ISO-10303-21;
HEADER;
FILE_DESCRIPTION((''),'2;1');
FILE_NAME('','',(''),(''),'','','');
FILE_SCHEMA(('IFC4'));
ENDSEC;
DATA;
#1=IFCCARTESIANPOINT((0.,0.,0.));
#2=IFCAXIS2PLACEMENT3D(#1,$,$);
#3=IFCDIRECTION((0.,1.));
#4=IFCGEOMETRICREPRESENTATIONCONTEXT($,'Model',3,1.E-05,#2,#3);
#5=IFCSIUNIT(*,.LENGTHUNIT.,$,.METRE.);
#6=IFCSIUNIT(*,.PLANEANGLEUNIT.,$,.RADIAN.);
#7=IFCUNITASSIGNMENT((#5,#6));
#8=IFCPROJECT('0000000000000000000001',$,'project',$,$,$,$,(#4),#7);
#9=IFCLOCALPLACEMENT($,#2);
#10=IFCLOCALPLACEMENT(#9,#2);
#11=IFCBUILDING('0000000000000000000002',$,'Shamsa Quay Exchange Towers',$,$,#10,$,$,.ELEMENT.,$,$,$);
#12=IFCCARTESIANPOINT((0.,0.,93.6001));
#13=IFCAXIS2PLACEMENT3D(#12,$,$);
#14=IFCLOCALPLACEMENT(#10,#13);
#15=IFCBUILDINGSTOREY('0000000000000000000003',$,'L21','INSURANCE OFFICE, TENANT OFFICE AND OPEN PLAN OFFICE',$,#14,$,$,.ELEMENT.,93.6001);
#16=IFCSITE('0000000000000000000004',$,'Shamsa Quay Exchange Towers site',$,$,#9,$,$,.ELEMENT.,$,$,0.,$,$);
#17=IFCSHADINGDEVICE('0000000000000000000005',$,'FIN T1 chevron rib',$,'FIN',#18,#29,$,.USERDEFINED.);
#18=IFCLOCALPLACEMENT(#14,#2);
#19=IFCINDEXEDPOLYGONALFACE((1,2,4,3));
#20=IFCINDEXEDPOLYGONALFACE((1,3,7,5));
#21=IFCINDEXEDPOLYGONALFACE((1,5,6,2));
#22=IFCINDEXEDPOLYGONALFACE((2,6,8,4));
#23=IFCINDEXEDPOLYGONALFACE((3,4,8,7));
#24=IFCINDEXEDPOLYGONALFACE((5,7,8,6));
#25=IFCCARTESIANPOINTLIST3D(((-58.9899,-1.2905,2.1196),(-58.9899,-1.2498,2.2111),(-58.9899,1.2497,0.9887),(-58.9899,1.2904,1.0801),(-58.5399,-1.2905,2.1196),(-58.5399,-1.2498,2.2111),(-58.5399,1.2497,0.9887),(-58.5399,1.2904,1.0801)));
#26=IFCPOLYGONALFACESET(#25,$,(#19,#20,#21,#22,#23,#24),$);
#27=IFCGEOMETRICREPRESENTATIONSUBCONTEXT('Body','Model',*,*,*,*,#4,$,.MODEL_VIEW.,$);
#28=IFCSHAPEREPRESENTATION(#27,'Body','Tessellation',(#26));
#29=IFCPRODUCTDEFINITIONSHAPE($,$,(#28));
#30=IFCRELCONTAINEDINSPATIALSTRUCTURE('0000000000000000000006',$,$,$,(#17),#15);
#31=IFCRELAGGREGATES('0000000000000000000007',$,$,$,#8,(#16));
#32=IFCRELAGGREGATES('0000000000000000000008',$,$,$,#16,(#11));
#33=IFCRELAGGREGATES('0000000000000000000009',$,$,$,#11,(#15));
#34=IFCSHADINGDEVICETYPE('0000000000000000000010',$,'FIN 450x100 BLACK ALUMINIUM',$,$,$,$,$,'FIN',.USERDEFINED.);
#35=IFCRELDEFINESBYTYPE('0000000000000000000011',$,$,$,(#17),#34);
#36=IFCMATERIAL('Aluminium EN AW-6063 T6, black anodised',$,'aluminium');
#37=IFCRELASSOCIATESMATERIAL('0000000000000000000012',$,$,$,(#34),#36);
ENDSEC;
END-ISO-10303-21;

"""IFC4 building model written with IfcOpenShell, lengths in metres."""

from ifc_helpers import new_model, si_unit, direction, frame, origin, origin_2d, place, context, subcontext, project, spatial, rectangle, extrude, material, material_profile, profile_set, type_object, element, save


model = new_model("IFC4")

# Units and contexts
model_context = context("Model", 3, precision=1e-05, world=origin(), true_north=direction((0.0, 1.0)))
body_context = subcontext(model_context, "Body", "Model", "MODEL_VIEW")
ifc_project = project(units=[si_unit("LENGTHUNIT", "METRE"), si_unit("PLANEANGLEUNIT", "RADIAN")], contexts=[model_context])

# Site, building, storey
site_placement = place(None, origin())
site = spatial("IfcSite", under=ifc_project, at=site_placement, Name="Shamsa Quay Exchange Towers site", CompositionType="ELEMENT", RefElevation=0.0)
building_placement = place(site_placement, origin())
building = spatial("IfcBuilding", under=site, at=building_placement, Name="Shamsa Quay Exchange Towers", CompositionType="ELEMENT")
storey_placement = place(building_placement, frame((0.0, 0.0, 93.6001)))
storey = spatial("IfcBuildingStorey", under=building, at=storey_placement, Name="L21", Description="INSURANCE OFFICE, TENANT OFFICE AND OPEN PLAN OFFICE", CompositionType="ELEMENT", Elevation=93.6001)

# Shared definitions
ifc_material_1 = material(Name="Aluminium EN AW-6063 T6, black anodised", Category="aluminium")

# Shading device
ifc_material_profile_1 = material_profile(ifc_material_1, rectangle(XDim=0.45, YDim=0.1001, at=origin_2d()), Name="FIN450x100")
ifc_profile_set_1 = profile_set([ifc_material_profile_1], Name="Aluminium EN AW-6063 T6, black anodised")
shading_device_type = type_object("IfcShadingDeviceType", Name="FIN 450x100 BLACK ALUMINIUM", ElementType="FIN", PredefinedType="USERDEFINED", material=ifc_profile_set_1)
shading_device_1_placement = place(storey_placement, frame((-58.7649, 1.27, 1.0344), z_axis=(0.0, -0.913551, 0.406725), x_axis=(1.0, 0.0, 0.0)))
element("IfcShadingDevice", 1, at=shading_device_1_placement, inside=storey, type_object=shading_device_type, Name="FIN T1 chevron rib", ObjectType="FIN", PredefinedType="USERDEFINED", context=body_context, shape_type="SweptSolid", body=[
    extrude(rectangle(XDim=0.45, YDim=0.1001, at=origin_2d()), origin(), (0.0, 0.0, 1.0), 2.7805),
])

save(model, "model.ifc")
